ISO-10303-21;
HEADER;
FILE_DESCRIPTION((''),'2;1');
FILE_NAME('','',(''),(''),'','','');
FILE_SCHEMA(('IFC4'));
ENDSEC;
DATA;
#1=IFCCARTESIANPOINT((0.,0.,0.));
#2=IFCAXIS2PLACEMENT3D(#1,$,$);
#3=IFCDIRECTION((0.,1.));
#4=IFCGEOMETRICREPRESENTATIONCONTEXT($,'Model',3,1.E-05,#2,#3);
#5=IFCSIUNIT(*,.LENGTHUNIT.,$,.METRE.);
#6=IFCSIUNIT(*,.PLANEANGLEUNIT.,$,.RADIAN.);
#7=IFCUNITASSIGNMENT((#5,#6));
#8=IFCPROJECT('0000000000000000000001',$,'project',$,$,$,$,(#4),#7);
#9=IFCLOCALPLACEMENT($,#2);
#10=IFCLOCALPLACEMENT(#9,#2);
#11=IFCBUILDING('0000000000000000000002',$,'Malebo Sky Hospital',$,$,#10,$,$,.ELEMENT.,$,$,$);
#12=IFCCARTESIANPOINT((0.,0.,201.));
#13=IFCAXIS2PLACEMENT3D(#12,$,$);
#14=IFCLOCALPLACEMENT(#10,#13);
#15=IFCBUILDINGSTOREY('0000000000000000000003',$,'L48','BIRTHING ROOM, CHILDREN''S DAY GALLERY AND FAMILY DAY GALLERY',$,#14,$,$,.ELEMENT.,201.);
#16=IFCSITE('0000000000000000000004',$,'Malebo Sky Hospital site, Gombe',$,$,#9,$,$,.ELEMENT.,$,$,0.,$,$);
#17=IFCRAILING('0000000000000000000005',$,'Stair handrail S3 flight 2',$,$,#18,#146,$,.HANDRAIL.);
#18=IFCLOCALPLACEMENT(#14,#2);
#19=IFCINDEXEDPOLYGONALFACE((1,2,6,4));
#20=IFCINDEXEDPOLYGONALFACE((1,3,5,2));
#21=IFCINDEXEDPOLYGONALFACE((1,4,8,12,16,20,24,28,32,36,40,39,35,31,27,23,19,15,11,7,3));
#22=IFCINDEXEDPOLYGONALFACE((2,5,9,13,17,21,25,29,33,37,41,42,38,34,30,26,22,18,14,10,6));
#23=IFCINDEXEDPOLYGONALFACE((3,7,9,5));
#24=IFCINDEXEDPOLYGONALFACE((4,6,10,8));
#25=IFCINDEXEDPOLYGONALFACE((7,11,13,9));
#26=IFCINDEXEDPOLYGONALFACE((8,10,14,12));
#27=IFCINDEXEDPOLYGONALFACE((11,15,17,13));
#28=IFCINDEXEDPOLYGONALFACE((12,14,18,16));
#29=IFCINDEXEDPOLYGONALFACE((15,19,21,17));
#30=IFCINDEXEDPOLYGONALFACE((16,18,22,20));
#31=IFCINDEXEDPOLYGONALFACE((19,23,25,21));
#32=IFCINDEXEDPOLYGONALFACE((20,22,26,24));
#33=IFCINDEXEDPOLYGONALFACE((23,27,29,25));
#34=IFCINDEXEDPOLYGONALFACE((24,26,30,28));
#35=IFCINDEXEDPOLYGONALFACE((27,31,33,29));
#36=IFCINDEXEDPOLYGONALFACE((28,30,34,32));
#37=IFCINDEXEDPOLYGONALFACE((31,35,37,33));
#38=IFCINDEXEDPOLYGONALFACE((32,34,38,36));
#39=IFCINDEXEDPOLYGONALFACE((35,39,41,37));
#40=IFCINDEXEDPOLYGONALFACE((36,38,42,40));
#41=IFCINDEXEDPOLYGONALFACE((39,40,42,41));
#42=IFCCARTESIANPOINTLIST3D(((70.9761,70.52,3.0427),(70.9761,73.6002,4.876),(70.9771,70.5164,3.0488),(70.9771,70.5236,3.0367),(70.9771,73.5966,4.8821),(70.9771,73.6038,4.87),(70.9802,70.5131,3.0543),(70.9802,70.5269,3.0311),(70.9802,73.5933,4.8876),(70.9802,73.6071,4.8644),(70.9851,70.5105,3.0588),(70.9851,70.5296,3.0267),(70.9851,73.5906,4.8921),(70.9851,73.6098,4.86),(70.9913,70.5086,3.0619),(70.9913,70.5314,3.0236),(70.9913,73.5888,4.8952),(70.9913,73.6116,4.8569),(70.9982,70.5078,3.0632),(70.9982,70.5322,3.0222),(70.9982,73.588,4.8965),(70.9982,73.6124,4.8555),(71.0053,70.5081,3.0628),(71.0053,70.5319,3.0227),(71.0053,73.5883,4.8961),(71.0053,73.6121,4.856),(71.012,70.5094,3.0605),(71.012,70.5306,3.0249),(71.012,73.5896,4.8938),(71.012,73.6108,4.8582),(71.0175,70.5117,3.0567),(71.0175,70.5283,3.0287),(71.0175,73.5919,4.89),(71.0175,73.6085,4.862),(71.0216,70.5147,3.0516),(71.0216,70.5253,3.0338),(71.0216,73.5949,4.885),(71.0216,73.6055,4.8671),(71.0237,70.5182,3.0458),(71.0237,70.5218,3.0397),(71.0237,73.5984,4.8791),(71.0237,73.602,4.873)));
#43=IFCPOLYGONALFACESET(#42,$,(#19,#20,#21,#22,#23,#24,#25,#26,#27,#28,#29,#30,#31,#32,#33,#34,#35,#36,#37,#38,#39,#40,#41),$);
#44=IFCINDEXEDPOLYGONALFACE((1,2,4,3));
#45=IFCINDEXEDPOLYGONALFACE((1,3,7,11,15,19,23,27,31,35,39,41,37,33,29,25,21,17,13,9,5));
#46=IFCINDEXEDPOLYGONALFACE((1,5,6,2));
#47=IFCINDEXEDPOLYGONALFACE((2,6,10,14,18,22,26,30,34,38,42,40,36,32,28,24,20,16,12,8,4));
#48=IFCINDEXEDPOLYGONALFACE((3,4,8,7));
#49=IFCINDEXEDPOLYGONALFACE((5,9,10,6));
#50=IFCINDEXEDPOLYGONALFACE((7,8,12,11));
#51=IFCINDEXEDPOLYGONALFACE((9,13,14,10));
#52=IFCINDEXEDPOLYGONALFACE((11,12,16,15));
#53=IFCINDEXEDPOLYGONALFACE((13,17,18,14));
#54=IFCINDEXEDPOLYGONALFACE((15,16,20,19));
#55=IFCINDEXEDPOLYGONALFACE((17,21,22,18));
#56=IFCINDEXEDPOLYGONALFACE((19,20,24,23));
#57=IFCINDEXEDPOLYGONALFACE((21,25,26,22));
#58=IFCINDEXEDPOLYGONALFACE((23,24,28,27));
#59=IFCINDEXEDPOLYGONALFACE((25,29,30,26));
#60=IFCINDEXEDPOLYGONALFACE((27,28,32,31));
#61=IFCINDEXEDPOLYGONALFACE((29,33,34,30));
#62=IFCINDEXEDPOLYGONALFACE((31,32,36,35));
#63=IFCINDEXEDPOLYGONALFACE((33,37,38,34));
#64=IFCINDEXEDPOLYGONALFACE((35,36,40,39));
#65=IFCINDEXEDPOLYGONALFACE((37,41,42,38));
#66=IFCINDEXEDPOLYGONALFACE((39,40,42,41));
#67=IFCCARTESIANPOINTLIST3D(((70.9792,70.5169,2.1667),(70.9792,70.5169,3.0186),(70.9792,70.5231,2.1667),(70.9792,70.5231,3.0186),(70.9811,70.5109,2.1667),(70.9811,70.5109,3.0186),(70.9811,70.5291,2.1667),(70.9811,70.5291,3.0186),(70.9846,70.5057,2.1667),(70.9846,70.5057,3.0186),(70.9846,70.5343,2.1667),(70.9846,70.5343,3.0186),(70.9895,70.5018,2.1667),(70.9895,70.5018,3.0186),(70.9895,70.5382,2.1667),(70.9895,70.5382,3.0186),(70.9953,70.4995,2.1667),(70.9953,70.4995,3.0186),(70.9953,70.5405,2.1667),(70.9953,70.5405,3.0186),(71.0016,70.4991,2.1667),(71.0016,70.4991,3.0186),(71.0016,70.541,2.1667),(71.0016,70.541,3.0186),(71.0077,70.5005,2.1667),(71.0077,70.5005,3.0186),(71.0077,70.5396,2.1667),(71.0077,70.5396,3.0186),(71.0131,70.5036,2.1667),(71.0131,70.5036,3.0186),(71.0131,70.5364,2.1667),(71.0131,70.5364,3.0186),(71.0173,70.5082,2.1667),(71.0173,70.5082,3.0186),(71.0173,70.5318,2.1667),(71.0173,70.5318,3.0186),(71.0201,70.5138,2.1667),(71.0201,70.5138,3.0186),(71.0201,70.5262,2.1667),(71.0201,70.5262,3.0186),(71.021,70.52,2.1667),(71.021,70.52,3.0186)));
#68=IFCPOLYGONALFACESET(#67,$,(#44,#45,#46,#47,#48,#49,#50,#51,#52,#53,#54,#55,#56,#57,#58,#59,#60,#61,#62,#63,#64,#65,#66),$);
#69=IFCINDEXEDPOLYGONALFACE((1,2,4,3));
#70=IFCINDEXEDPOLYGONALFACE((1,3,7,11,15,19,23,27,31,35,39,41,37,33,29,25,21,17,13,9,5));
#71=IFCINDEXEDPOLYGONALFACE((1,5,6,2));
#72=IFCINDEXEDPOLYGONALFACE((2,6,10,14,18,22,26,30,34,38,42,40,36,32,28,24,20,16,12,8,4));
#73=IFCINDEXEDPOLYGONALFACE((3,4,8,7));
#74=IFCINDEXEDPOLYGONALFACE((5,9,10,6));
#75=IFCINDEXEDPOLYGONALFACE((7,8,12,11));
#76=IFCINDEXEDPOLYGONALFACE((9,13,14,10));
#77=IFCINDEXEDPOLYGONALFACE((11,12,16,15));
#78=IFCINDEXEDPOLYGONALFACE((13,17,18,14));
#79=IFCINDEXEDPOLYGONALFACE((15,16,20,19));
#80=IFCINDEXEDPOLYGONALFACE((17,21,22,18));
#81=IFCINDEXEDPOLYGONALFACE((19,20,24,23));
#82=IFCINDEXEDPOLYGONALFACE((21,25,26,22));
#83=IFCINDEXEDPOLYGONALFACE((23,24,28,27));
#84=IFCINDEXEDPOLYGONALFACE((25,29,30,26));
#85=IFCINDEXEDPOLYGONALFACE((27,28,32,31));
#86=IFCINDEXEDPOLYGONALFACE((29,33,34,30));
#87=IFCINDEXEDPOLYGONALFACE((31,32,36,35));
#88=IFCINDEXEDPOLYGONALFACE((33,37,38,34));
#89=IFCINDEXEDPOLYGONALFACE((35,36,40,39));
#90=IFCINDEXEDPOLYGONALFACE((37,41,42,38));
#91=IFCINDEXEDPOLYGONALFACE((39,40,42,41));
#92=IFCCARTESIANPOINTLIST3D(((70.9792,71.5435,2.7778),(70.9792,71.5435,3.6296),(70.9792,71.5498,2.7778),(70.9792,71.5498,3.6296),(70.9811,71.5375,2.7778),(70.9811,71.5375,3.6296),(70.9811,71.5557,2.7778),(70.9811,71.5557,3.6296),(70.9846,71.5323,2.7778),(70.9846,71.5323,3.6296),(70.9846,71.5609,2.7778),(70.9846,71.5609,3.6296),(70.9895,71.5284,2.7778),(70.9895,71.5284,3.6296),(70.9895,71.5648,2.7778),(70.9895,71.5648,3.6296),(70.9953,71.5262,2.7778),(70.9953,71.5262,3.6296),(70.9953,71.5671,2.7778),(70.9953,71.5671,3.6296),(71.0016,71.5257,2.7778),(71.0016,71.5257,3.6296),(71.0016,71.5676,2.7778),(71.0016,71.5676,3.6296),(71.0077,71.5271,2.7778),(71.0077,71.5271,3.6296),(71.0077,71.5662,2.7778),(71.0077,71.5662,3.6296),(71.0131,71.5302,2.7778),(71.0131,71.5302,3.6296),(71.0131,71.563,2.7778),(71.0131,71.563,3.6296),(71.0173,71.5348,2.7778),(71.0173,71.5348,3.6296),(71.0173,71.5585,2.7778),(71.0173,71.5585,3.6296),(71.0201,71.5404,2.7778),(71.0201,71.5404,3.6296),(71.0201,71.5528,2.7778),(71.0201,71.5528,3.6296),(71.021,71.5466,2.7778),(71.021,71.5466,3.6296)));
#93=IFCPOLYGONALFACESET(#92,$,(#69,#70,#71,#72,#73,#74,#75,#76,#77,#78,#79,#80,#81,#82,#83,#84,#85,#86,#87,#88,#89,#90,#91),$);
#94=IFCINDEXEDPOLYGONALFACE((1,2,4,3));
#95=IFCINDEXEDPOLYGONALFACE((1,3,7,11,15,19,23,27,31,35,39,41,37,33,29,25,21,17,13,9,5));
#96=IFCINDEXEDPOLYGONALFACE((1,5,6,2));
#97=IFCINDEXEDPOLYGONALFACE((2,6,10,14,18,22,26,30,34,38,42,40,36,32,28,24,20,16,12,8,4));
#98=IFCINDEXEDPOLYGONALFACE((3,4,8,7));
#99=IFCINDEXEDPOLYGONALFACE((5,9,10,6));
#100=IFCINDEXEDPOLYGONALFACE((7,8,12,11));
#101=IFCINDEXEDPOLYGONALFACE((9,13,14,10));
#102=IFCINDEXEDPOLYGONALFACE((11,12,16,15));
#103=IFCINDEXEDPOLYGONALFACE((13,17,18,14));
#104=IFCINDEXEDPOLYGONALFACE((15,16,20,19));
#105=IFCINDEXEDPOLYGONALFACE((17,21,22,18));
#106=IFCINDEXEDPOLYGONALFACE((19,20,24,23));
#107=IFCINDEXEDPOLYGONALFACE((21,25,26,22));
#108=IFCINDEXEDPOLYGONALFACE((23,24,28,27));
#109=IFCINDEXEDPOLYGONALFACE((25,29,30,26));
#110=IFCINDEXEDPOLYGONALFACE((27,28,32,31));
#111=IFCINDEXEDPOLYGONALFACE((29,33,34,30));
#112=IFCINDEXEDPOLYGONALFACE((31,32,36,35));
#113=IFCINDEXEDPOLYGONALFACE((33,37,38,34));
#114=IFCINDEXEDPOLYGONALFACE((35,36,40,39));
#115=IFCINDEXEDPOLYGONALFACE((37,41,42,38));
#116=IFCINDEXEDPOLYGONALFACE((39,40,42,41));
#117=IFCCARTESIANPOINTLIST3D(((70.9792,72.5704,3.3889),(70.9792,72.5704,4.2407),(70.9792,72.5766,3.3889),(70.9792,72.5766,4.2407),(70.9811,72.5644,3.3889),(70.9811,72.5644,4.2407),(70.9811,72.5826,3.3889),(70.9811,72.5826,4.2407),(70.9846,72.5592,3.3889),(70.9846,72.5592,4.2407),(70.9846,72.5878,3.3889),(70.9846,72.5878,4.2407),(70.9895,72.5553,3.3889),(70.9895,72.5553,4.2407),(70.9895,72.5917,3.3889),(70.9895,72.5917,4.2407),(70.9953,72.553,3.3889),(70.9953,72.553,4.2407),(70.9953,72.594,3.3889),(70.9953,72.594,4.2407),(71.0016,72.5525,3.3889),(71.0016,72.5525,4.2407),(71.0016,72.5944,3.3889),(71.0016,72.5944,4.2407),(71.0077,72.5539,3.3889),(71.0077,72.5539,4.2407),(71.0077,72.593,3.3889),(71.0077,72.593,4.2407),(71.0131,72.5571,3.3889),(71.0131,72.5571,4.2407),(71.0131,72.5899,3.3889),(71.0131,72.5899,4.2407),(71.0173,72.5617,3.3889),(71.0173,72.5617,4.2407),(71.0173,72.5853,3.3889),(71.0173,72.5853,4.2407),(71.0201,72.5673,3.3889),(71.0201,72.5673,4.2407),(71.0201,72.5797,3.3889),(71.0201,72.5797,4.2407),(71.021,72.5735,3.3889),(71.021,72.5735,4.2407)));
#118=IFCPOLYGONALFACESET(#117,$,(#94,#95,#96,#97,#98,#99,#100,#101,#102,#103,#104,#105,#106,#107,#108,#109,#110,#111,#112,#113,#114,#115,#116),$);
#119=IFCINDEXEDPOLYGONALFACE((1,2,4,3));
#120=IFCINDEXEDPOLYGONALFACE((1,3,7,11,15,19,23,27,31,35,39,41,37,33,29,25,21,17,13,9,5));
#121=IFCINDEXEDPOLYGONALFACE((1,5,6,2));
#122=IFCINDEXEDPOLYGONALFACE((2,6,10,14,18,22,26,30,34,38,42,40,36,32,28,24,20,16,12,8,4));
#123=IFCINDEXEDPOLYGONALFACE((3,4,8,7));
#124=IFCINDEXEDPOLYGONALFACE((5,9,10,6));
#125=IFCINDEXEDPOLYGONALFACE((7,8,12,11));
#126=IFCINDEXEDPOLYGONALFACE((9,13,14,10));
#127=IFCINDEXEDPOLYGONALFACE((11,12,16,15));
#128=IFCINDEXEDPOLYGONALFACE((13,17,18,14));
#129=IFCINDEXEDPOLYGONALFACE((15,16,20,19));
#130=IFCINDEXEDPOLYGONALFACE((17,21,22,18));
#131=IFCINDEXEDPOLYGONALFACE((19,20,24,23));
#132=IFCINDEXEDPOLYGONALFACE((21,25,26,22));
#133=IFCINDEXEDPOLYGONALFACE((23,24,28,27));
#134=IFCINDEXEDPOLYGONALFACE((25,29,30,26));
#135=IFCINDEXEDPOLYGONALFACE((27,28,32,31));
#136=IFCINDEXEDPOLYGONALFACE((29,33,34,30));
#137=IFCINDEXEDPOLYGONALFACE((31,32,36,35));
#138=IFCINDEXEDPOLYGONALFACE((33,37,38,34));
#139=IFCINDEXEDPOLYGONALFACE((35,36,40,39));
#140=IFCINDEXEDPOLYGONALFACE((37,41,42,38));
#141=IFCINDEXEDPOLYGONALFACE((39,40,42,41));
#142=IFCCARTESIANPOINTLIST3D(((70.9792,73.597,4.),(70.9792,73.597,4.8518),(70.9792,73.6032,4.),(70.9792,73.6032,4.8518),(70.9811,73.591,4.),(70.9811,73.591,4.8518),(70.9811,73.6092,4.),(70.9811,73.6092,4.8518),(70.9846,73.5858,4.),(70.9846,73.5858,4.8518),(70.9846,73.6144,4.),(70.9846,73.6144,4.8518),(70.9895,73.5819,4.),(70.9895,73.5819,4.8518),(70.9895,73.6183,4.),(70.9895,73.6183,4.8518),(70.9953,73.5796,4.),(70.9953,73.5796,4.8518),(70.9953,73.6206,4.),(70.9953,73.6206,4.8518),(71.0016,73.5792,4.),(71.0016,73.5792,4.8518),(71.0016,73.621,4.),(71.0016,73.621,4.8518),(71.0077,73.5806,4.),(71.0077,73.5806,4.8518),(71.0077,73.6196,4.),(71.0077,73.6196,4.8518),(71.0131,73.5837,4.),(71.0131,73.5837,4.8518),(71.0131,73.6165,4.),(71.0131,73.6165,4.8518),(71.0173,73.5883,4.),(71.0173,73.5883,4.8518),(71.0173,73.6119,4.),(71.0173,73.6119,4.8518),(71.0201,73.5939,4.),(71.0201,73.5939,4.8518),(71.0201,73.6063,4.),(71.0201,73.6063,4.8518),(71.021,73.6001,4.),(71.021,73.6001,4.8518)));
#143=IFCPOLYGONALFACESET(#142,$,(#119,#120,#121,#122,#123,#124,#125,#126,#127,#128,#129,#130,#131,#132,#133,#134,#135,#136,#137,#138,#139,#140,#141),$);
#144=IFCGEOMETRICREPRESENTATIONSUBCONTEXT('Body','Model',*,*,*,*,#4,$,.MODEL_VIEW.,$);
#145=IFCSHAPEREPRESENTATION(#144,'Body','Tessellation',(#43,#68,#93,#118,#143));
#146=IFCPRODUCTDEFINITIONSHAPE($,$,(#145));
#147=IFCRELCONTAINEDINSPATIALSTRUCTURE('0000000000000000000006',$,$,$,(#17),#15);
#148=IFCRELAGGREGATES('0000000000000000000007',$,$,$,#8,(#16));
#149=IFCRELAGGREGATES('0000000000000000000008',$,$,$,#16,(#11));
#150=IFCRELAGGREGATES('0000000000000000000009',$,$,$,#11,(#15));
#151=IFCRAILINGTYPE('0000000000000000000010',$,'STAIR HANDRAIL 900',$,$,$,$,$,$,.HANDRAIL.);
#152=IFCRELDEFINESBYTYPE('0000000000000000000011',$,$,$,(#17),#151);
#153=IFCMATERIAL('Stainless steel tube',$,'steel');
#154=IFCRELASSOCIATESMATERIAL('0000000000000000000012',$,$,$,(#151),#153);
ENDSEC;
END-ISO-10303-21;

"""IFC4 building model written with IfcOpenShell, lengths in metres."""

from ifc_helpers import new_model, si_unit, direction, frame, origin, origin_2d, place, context, subcontext, project, spatial, circle, extrude, material, type_object, element, save


model = new_model("IFC4")

# Units and contexts
model_context = context("Model", 3, precision=1e-05, world=origin(), true_north=direction((0.0, 1.0)))
body_context = subcontext(model_context, "Body", "Model", "MODEL_VIEW")
ifc_project = project(units=[si_unit("LENGTHUNIT", "METRE"), si_unit("PLANEANGLEUNIT", "RADIAN")], contexts=[model_context])

# Site, building, storey
site_placement = place(None, origin())
site = spatial("IfcSite", under=ifc_project, at=site_placement, Name="Malebo Sky Hospital site, Gombe", CompositionType="ELEMENT", RefElevation=0.0)
building_placement = place(site_placement, origin())
building = spatial("IfcBuilding", under=site, at=building_placement, Name="Malebo Sky Hospital", CompositionType="ELEMENT")
storey_placement = place(building_placement, frame((0.0, 0.0, 201.0)))
storey = spatial("IfcBuildingStorey", under=building, at=storey_placement, Name="L48", Description="BIRTHING ROOM, CHILDREN'S DAY GALLERY AND FAMILY DAY GALLERY", CompositionType="ELEMENT", Elevation=201.0)

# Railing
ifc_material_1 = material(Name="Stainless steel tube", Category="steel")
railing_type = type_object("IfcRailingType", Name="STAIR HANDRAIL 900", PredefinedType="HANDRAIL", material=ifc_material_1)
railing_1_placement = place(storey_placement, frame((71.0, 70.52, 2.1667)))
element("IfcRailing", 1, at=railing_1_placement, inside=storey, type_object=railing_type, Name="Stair handrail S3 flight 2", PredefinedType="HANDRAIL", context=body_context, shape_type="SweptSolid", body=[
    extrude(circle(Radius=0.0239, at=origin_2d()), frame((0.0, 0.0, 0.876), z_axis=(0.0, 0.859309, 0.511458), x_axis=(-1.0, 0.0, 0.0)), (0.0, 0.0, 1.0), 3.5845),
    extrude(circle(Radius=0.021, at=origin_2d()), origin(), (0.0, 0.0, 1.0), 0.8518),
    extrude(circle(Radius=0.021, at=origin_2d()), frame((0.0, 1.0266, 0.6111)), (0.0, 0.0, 1.0), 0.8518),
    extrude(circle(Radius=0.021, at=origin_2d()), frame((0.0, 2.0535, 1.2222)), (0.0, 0.0, 1.0), 0.8518),
    extrude(circle(Radius=0.021, at=origin_2d()), frame((0.0, 3.0801, 1.8333)), (0.0, 0.0, 1.0), 0.8518),
])

save(model, "model.ifc")
